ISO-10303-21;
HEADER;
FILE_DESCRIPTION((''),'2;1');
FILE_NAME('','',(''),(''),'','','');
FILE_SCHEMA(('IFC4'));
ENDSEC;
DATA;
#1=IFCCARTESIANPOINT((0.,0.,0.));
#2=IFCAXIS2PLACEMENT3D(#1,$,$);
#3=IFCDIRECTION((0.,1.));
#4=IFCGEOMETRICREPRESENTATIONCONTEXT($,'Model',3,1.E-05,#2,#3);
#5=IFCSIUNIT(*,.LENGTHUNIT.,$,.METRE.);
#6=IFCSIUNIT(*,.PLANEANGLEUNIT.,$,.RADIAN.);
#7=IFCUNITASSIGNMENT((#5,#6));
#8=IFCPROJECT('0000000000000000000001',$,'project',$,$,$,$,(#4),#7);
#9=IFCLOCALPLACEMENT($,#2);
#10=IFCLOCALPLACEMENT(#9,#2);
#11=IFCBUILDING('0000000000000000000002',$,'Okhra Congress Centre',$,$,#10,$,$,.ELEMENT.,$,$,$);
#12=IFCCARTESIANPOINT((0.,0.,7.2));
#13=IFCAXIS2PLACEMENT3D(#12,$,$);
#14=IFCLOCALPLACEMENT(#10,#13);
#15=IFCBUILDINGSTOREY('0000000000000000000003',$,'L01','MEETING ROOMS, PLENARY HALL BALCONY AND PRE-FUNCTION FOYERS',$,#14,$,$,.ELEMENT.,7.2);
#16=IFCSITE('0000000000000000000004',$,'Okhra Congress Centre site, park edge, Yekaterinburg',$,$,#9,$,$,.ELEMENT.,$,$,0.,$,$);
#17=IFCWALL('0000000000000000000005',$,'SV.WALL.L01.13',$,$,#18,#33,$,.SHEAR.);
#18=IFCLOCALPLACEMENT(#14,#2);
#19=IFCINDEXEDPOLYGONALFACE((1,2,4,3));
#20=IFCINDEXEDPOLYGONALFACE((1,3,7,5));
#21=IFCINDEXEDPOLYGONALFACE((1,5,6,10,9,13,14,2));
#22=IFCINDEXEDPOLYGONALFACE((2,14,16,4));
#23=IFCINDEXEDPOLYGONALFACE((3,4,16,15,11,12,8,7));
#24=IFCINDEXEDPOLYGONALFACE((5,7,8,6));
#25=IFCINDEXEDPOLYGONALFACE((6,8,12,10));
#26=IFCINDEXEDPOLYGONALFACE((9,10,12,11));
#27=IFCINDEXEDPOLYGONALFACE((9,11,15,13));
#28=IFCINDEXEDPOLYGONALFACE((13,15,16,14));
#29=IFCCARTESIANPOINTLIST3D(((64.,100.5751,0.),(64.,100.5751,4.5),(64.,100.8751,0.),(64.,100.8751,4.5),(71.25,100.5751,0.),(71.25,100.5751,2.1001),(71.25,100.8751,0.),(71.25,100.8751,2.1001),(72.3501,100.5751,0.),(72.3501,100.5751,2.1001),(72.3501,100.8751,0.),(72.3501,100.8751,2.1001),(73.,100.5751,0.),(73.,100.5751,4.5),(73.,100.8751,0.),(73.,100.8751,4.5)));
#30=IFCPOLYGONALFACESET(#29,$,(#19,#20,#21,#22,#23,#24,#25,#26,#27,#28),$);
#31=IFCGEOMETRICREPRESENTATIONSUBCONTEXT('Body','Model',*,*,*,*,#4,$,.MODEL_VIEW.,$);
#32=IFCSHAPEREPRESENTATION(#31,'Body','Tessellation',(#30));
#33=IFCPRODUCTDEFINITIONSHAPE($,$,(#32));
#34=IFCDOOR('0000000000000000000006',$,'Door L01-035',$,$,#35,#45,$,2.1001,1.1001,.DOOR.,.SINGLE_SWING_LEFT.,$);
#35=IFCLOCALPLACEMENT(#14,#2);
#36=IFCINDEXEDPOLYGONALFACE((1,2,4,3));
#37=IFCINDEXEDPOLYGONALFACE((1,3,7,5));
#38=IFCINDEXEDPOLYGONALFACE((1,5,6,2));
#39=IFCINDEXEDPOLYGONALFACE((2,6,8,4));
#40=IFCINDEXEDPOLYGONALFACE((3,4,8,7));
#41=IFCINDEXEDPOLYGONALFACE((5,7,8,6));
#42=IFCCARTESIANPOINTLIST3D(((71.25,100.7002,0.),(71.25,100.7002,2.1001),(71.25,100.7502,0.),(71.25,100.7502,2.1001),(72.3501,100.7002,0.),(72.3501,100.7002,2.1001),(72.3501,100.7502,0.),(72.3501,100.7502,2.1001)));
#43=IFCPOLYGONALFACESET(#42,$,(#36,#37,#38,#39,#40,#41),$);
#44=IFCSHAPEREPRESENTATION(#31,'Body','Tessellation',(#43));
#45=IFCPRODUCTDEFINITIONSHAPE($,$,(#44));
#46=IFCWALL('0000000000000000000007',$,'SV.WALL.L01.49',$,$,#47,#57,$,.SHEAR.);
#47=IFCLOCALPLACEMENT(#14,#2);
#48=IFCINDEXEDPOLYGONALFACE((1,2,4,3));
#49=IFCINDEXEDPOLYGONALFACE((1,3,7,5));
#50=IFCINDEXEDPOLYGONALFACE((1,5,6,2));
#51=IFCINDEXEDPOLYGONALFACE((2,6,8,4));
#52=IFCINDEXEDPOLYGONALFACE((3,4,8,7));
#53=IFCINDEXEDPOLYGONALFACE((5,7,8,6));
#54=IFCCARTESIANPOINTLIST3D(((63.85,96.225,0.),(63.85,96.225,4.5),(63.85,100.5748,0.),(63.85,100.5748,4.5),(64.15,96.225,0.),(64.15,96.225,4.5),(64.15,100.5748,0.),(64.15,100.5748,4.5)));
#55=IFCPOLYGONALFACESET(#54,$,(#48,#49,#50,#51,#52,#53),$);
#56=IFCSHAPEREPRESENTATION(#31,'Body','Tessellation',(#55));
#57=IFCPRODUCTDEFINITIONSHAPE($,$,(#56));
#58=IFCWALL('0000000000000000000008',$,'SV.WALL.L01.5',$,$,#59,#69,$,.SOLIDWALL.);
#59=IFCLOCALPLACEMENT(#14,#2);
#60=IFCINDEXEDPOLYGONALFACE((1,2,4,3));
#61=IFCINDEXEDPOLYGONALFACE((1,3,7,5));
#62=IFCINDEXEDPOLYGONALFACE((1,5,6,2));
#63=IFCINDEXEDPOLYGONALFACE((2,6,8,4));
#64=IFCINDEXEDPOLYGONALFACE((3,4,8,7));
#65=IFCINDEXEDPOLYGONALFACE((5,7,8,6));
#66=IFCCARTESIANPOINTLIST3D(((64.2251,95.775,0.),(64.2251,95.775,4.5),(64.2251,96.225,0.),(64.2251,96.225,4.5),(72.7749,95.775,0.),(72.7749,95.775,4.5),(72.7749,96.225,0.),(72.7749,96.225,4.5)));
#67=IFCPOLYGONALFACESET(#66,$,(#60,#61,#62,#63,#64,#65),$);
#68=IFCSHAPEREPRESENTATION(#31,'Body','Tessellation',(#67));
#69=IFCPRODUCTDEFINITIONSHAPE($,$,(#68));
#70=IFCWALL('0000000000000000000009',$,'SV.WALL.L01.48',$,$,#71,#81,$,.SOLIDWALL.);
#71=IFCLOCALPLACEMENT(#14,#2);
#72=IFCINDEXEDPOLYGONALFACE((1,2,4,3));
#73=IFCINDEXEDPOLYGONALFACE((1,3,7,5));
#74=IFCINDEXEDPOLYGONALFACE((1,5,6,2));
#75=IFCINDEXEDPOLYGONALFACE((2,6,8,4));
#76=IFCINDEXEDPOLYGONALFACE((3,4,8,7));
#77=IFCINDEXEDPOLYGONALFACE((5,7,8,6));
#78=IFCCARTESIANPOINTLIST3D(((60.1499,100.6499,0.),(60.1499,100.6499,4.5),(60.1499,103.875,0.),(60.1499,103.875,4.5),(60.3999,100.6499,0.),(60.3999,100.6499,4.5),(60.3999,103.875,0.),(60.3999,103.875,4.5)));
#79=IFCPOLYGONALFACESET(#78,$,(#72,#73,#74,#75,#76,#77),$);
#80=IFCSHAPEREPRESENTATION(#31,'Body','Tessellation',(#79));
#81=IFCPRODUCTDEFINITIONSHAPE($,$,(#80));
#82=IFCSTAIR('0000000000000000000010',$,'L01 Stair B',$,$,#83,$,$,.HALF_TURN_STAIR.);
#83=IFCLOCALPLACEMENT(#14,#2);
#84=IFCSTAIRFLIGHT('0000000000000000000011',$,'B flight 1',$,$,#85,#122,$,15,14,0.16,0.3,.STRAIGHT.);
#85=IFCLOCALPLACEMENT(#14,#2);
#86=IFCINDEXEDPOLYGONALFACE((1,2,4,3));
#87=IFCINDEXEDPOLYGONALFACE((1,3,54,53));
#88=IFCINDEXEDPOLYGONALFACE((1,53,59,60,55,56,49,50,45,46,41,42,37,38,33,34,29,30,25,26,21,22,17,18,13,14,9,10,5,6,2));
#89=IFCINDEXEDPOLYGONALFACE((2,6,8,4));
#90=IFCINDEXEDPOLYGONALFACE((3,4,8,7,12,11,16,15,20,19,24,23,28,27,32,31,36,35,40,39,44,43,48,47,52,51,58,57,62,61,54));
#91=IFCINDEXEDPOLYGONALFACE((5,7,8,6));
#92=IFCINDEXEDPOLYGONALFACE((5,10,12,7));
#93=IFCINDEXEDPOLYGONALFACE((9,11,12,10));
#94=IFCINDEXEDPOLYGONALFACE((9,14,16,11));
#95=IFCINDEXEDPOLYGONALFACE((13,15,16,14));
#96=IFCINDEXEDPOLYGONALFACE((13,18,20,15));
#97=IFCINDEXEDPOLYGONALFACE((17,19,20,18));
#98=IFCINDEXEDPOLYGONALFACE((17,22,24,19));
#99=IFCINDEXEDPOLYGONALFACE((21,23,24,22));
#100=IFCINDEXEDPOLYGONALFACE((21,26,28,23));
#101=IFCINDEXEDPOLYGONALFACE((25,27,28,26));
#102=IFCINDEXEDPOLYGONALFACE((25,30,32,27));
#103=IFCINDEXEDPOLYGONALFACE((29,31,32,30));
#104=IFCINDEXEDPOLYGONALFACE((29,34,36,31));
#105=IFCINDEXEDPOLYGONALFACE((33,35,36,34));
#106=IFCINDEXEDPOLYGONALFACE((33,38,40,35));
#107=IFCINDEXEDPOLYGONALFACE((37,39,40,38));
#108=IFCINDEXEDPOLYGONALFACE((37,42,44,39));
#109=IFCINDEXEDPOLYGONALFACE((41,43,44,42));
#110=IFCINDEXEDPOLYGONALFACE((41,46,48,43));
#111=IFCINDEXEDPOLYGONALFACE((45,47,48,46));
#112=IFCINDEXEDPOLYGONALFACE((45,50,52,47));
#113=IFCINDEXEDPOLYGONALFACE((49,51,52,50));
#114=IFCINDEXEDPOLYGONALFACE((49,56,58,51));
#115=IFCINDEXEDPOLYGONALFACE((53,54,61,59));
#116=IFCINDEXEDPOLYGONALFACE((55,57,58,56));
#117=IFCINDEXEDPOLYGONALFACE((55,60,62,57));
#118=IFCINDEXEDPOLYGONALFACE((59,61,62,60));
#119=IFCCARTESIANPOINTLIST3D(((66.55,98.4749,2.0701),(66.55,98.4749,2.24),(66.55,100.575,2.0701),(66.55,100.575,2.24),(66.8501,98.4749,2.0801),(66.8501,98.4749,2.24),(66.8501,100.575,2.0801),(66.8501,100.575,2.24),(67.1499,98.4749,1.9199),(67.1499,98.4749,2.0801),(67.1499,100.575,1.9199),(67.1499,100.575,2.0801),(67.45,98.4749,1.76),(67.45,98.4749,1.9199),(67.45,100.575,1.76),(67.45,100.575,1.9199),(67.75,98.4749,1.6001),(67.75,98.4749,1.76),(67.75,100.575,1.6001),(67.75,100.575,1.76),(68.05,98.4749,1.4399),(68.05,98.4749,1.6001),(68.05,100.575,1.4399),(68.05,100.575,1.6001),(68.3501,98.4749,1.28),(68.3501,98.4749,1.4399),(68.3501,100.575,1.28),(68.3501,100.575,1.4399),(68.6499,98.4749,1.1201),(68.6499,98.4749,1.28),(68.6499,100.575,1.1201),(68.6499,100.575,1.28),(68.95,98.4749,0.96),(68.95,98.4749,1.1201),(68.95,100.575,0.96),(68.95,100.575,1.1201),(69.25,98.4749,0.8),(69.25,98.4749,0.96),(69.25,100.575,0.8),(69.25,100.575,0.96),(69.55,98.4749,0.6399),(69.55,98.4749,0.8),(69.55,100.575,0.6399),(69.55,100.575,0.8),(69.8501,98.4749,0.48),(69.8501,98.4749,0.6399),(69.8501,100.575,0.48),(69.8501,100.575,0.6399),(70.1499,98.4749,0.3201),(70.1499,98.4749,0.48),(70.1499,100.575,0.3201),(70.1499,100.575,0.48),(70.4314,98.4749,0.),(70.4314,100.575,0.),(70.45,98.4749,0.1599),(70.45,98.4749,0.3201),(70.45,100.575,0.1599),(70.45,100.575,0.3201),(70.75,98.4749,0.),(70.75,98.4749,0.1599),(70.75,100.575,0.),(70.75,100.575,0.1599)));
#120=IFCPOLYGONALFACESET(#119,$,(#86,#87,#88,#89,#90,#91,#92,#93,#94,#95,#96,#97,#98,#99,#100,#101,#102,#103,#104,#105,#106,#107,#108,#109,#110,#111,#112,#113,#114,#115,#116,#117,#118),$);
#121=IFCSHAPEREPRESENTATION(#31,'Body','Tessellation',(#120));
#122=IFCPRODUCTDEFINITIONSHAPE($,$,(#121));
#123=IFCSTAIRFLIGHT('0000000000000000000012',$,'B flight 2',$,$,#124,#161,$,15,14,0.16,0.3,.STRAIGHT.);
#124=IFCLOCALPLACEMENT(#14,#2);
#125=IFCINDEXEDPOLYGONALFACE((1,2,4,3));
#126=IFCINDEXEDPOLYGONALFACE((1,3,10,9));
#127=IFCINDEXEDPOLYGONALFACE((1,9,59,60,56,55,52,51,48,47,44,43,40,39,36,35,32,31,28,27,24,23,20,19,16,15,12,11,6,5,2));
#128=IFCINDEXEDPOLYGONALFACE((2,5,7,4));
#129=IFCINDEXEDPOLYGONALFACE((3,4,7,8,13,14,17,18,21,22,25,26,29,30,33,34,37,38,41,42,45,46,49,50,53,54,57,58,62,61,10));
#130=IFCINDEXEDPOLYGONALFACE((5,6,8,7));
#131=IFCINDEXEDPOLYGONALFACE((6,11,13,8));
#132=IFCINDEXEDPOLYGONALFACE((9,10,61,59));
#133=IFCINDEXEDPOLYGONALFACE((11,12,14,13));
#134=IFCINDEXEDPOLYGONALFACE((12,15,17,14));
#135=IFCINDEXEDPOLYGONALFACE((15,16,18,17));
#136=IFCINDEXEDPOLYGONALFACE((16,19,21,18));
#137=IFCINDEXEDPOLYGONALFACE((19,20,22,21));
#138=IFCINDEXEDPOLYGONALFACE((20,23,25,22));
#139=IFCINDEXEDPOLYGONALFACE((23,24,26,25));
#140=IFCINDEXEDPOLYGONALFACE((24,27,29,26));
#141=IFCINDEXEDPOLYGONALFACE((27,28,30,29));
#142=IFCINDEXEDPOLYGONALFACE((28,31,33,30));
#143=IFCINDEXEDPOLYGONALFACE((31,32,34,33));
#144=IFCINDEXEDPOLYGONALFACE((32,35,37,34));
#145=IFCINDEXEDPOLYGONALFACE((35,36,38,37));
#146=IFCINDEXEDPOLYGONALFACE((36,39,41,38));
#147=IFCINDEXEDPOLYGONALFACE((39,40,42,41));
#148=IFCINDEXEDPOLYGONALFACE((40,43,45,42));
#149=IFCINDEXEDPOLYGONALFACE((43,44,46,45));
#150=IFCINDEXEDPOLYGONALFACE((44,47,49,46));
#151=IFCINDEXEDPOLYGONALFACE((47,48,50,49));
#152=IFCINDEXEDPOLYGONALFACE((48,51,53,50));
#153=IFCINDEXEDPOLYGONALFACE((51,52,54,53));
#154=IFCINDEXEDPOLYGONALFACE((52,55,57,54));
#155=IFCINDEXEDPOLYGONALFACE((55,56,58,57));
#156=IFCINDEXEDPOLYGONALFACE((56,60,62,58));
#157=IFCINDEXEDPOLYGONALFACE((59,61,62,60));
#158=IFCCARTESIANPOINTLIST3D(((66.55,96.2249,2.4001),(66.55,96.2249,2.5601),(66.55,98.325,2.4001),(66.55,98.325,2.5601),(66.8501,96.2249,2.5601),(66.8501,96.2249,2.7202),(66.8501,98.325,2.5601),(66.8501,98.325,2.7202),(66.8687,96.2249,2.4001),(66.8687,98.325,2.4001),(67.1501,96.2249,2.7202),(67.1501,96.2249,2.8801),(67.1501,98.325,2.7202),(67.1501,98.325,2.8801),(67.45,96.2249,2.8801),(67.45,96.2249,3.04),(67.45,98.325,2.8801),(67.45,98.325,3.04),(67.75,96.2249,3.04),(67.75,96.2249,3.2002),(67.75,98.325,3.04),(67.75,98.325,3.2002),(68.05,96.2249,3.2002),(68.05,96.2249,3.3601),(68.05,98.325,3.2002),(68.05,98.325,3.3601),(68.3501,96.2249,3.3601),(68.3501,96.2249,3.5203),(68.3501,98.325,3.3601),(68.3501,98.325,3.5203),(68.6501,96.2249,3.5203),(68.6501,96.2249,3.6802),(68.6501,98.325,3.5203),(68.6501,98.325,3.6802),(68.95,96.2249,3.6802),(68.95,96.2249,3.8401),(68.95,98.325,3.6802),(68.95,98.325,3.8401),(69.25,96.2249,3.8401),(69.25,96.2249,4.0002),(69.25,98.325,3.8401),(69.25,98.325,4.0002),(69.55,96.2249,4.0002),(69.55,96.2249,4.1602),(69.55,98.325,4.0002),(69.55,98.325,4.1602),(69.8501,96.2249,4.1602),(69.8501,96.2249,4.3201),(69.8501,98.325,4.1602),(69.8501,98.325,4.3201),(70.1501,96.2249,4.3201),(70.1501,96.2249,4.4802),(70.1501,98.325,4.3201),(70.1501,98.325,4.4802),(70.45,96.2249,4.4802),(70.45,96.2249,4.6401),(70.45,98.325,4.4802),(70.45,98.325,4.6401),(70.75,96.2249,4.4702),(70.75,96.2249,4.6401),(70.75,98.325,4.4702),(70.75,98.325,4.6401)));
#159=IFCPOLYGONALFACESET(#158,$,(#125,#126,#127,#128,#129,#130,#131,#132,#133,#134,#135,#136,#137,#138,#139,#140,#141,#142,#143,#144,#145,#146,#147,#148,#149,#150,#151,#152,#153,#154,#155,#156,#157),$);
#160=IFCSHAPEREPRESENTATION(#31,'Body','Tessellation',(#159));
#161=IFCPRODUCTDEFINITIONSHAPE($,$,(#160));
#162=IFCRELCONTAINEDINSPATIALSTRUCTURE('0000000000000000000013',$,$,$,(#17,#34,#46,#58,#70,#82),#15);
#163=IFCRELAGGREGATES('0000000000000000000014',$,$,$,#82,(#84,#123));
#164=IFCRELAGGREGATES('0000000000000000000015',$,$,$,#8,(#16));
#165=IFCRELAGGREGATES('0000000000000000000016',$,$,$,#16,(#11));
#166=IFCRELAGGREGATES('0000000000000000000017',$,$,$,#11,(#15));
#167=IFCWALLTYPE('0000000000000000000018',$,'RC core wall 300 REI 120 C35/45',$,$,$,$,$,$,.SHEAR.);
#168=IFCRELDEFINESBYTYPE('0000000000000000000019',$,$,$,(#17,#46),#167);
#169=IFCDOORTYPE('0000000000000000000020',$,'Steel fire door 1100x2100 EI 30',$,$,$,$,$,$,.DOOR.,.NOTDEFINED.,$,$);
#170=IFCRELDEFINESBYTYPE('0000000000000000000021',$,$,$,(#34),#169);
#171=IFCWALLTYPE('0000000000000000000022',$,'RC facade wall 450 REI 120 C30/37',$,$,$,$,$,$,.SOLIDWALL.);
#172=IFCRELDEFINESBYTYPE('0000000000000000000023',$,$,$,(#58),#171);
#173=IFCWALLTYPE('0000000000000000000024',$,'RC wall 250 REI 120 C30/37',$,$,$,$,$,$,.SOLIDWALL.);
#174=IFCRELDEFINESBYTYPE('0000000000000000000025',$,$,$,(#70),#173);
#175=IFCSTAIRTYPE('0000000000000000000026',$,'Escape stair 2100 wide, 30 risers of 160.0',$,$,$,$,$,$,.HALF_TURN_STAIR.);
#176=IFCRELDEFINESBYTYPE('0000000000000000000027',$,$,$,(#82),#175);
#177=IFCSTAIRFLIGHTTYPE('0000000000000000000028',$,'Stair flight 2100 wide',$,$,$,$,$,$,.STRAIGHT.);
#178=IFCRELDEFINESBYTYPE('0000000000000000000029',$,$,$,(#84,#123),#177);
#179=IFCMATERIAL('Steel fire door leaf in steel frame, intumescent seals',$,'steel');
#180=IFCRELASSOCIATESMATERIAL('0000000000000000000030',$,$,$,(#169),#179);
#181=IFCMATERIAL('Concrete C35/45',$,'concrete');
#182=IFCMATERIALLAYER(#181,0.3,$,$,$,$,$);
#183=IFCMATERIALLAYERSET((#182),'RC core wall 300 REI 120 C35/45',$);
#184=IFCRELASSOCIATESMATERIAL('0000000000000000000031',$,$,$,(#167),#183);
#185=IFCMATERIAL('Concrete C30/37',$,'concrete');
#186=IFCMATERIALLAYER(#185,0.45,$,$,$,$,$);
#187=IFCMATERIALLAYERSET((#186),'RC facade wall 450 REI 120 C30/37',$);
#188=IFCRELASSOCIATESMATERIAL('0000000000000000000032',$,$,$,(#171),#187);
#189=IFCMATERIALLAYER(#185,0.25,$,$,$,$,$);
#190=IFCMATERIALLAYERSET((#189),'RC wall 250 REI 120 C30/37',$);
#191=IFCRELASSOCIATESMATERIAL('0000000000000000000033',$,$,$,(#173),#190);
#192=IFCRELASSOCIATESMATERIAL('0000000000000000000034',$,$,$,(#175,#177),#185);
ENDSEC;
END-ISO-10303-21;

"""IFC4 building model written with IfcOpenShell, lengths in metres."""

from ifc_helpers import new_model, si_unit, direction, frame, frame_2d, origin, place, context, subcontext, project, spatial, polyline, rectangle, outline, extrude, material, layer, layer_set, type_object, element, fill, aggregate, save


model = new_model("IFC4")

# Units and contexts
model_context = context("Model", 3, precision=1e-05, world=origin(), true_north=direction((0.0, 1.0)))
body_context = subcontext(model_context, "Body", "Model", "MODEL_VIEW")
ifc_project = project(units=[si_unit("LENGTHUNIT", "METRE"), si_unit("PLANEANGLEUNIT", "RADIAN")], contexts=[model_context])

# Site, building, storey
site_placement = place(None, origin())
site = spatial("IfcSite", under=ifc_project, at=site_placement, Name="Okhra Congress Centre site, park edge, Yekaterinburg", CompositionType="ELEMENT", RefElevation=0.0)
building_placement = place(site_placement, origin())
building = spatial("IfcBuilding", under=site, at=building_placement, Name="Okhra Congress Centre", CompositionType="ELEMENT")
storey_placement = place(building_placement, frame((0.0, 0.0, 7.2)))
storey = spatial("IfcBuildingStorey", under=building, at=storey_placement, Name="L01", Description="MEETING ROOMS, PLENARY HALL BALCONY AND PRE-FUNCTION FOYERS", CompositionType="ELEMENT", Elevation=7.2)

# Shared definitions
ifc_material_1 = material(Name="Concrete C35/45", Category="concrete")

# Shared definitions
ifc_material_2 = material(Name="Steel fire door leaf in steel frame, intumescent seals", Category="steel")
door_type_1 = type_object("IfcDoorType", Name="Steel fire door 1100x2100 EI 30", OperationType="NOTDEFINED", PredefinedType="DOOR", material=ifc_material_2)

# Wall, opening, door
ifc_layer_1 = layer(ifc_material_1, 0.3)
ifc_layer_set_1 = layer_set([ifc_layer_1], Name="RC core wall 300 REI 120 C35/45")
wall_type_1 = type_object("IfcWallType", Name="RC core wall 300 REI 120 C35/45", PredefinedType="SHEAR", material=ifc_layer_set_1)
wall_1_placement = place(storey_placement, frame((64.0, 100.7251, 0.0), z_axis=(0.0, 0.0, 1.0), x_axis=(1.0, 0.0, 0.0)))
wall_1 = element("IfcWall", 1, at=wall_1_placement, inside=storey, type_object=wall_type_1, Name="SV.WALL.L01.13", PredefinedType="SHEAR", context=body_context, shape_type="SweptSolid", body=[
    extrude(rectangle(XDim=9.0, YDim=0.3, at=frame_2d((4.5, 0.0))), origin(), (0.0, 0.0, 1.0), 4.5),
])
opening_1_placement = place(wall_1_placement, frame((7.25, 0.0, 0.0)))
opening_1 = element("IfcOpeningElement", 2, at=opening_1_placement, cuts=wall_1, PredefinedType="OPENING", context=body_context, shape_type="SweptSolid", body=[
    extrude(rectangle(XDim=1.1001, YDim=2.1001, at=frame_2d((0.55, 1.05))), frame((0.0, 0.1599, 0.0), z_axis=(0.0, -1.0, 0.0), x_axis=(1.0, 0.0, 0.0)), (0.0, 0.0, 1.0), 0.3201),
])
door_1_placement = place(opening_1_placement, frame((1.1001, 0.0, 0.0), z_axis=(0.0, 0.0, 1.0), x_axis=(-1.0, 0.0, 0.0)))
door_1 = element("IfcDoor", 3, at=door_1_placement, inside=storey, type_object=door_type_1, Name="Door L01-035", OperationType="SINGLE_SWING_LEFT", OverallHeight=2.1001, OverallWidth=1.1001, PredefinedType="DOOR", context=body_context, shape_type="SweptSolid", body=[
    extrude(rectangle(XDim=1.1001, YDim=2.1001, at=frame_2d((0.55, 1.05))), frame((0.0, 0.0249, 0.0), z_axis=(0.0, -1.0, 0.0), x_axis=(1.0, 0.0, 0.0)), (0.0, 0.0, 1.0), 0.05),
])
fill(opening_1, door_1)

# Walls
wall_2_placement = place(storey_placement, frame((64.0, 96.2251, 0.0), z_axis=(0.0, 0.0, 1.0), x_axis=(0.0, 1.0, 0.0)))
element("IfcWall", 4, at=wall_2_placement, inside=storey, type_object=wall_type_1, Name="SV.WALL.L01.49", PredefinedType="SHEAR", context=body_context, shape_type="SweptSolid", body=[
    extrude(rectangle(XDim=4.3499, YDim=0.3, at=frame_2d((2.1748, 0.0))), origin(), (0.0, 0.0, 1.0), 4.5),
])
ifc_material_3 = material(Name="Concrete C30/37", Category="concrete")
ifc_layer_2 = layer(ifc_material_3, 0.45)
ifc_layer_set_2 = layer_set([ifc_layer_2], Name="RC facade wall 450 REI 120 C30/37")
wall_type_2 = type_object("IfcWallType", Name="RC facade wall 450 REI 120 C30/37", PredefinedType="SOLIDWALL", material=ifc_layer_set_2)
wall_3_placement = place(storey_placement, frame((64.2251, 96.0, 0.0), z_axis=(0.0, 0.0, 1.0), x_axis=(1.0, 0.0, 0.0)))
element("IfcWall", 5, at=wall_3_placement, inside=storey, type_object=wall_type_2, Name="SV.WALL.L01.5", PredefinedType="SOLIDWALL", context=body_context, shape_type="SweptSolid", body=[
    extrude(rectangle(XDim=8.5498, YDim=0.45, at=frame_2d((4.2749, 0.0))), origin(), (0.0, 0.0, 1.0), 4.5),
])
ifc_layer_3 = layer(ifc_material_3, 0.25)
ifc_layer_set_3 = layer_set([ifc_layer_3], Name="RC wall 250 REI 120 C30/37")
wall_type_3 = type_object("IfcWallType", Name="RC wall 250 REI 120 C30/37", PredefinedType="SOLIDWALL", material=ifc_layer_set_3)
wall_4_placement = place(storey_placement, frame((60.2749, 100.6499, 0.0), z_axis=(0.0, 0.0, 1.0), x_axis=(0.0, 1.0, 0.0)))
element("IfcWall", 6, at=wall_4_placement, inside=storey, type_object=wall_type_3, Name="SV.WALL.L01.48", PredefinedType="SOLIDWALL", context=body_context, shape_type="SweptSolid", body=[
    extrude(rectangle(XDim=3.2251, YDim=0.25, at=frame_2d((1.6125, 0.0))), origin(), (0.0, 0.0, 1.0), 4.5),
])

# Stair, stair flights
stair_type = type_object("IfcStairType", Name="Escape stair 2100 wide, 30 risers of 160.0", PredefinedType="HALF_TURN_STAIR", material=ifc_material_3)
stair_placement = place(storey_placement, origin())
stair = element("IfcStair", 7, at=stair_placement, inside=storey, type_object=stair_type, Name="L01 Stair B", PredefinedType="HALF_TURN_STAIR")
stair_flight_type = type_object("IfcStairFlightType", Name="Stair flight 2100 wide", PredefinedType="STRAIGHT", material=ifc_material_3)
stair_flight_1_placement = place(storey_placement, frame((70.75, 99.5249, 0.0), z_axis=(0.0, 0.0, 1.0), x_axis=(-1.0, 0.0, 0.0)))
stair_flight_1 = element("IfcStairFlight", 8, at=stair_flight_1_placement, type_object=stair_flight_type, Name="B flight 1", NumberOfRisers=15, NumberOfTreads=14, PredefinedType="STRAIGHT", RiserHeight=0.16, TreadLength=0.3, context=body_context, shape_type="SweptSolid", body=[
    extrude(outline(polyline([(0.0, 0.0), (0.0, 0.1599), (0.3, 0.1599), (0.3, 0.3201), (0.6001, 0.3201), (0.6001, 0.48), (0.8999, 0.48), (0.8999, 0.6399), (1.2, 0.6399), (1.2, 0.8), (1.5, 0.8), (1.5, 0.96), (1.8, 0.96), (1.8, 1.1201), (2.1001, 1.1201), (2.1001, 1.28), (2.3999, 1.28), (2.3999, 1.4399), (2.7, 1.4399), (2.7, 1.6001), (3.0, 1.6001), (3.0, 1.76), (3.3, 1.76), (3.3, 1.9199), (3.6001, 1.9199), (3.6001, 2.0801), (3.8999, 2.0801), (3.8999, 2.24), (4.2, 2.24), (4.2, 2.3999), (4.2, 2.0701), (0.3186, 0.0), (0.0, 0.0)])), frame((0.0, 1.05, 0.0), z_axis=(0.0, -1.0, 0.0), x_axis=(1.0, 0.0, 0.0)), (0.0, 0.0, 1.0), 2.1001),
])
stair_flight_2_placement = place(storey_placement, frame((66.55, 97.2749, 2.4001), z_axis=(0.0, 0.0, 1.0), x_axis=(1.0, 0.0, 0.0)))
stair_flight_2 = element("IfcStairFlight", 9, at=stair_flight_2_placement, type_object=stair_flight_type, Name="B flight 2", NumberOfRisers=15, NumberOfTreads=14, PredefinedType="STRAIGHT", RiserHeight=0.16, TreadLength=0.3, context=body_context, shape_type="SweptSolid", body=[
    extrude(outline(polyline([(0.0, 0.0), (0.0, 0.1599), (0.3, 0.1599), (0.3, 0.3201), (0.6001, 0.3201), (0.6001, 0.48), (0.8999, 0.48), (0.8999, 0.6399), (1.2, 0.6399), (1.2, 0.8), (1.5, 0.8), (1.5, 0.96), (1.8, 0.96), (1.8, 1.1201), (2.1001, 1.1201), (2.1001, 1.28), (2.3999, 1.28), (2.3999, 1.4399), (2.7, 1.4399), (2.7, 1.6001), (3.0, 1.6001), (3.0, 1.76), (3.3, 1.76), (3.3, 1.9199), (3.6001, 1.9199), (3.6001, 2.0801), (3.8999, 2.0801), (3.8999, 2.24), (4.2, 2.24), (4.2, 2.3999), (4.2, 2.0701), (0.3186, 0.0), (0.0, 0.0)])), frame((0.0, 1.05, 0.0), z_axis=(0.0, -1.0, 0.0), x_axis=(1.0, 0.0, 0.0)), (0.0, 0.0, 1.0), 2.1001),
])
aggregate(stair, [stair_flight_1, stair_flight_2])

save(model, "model.ifc")
